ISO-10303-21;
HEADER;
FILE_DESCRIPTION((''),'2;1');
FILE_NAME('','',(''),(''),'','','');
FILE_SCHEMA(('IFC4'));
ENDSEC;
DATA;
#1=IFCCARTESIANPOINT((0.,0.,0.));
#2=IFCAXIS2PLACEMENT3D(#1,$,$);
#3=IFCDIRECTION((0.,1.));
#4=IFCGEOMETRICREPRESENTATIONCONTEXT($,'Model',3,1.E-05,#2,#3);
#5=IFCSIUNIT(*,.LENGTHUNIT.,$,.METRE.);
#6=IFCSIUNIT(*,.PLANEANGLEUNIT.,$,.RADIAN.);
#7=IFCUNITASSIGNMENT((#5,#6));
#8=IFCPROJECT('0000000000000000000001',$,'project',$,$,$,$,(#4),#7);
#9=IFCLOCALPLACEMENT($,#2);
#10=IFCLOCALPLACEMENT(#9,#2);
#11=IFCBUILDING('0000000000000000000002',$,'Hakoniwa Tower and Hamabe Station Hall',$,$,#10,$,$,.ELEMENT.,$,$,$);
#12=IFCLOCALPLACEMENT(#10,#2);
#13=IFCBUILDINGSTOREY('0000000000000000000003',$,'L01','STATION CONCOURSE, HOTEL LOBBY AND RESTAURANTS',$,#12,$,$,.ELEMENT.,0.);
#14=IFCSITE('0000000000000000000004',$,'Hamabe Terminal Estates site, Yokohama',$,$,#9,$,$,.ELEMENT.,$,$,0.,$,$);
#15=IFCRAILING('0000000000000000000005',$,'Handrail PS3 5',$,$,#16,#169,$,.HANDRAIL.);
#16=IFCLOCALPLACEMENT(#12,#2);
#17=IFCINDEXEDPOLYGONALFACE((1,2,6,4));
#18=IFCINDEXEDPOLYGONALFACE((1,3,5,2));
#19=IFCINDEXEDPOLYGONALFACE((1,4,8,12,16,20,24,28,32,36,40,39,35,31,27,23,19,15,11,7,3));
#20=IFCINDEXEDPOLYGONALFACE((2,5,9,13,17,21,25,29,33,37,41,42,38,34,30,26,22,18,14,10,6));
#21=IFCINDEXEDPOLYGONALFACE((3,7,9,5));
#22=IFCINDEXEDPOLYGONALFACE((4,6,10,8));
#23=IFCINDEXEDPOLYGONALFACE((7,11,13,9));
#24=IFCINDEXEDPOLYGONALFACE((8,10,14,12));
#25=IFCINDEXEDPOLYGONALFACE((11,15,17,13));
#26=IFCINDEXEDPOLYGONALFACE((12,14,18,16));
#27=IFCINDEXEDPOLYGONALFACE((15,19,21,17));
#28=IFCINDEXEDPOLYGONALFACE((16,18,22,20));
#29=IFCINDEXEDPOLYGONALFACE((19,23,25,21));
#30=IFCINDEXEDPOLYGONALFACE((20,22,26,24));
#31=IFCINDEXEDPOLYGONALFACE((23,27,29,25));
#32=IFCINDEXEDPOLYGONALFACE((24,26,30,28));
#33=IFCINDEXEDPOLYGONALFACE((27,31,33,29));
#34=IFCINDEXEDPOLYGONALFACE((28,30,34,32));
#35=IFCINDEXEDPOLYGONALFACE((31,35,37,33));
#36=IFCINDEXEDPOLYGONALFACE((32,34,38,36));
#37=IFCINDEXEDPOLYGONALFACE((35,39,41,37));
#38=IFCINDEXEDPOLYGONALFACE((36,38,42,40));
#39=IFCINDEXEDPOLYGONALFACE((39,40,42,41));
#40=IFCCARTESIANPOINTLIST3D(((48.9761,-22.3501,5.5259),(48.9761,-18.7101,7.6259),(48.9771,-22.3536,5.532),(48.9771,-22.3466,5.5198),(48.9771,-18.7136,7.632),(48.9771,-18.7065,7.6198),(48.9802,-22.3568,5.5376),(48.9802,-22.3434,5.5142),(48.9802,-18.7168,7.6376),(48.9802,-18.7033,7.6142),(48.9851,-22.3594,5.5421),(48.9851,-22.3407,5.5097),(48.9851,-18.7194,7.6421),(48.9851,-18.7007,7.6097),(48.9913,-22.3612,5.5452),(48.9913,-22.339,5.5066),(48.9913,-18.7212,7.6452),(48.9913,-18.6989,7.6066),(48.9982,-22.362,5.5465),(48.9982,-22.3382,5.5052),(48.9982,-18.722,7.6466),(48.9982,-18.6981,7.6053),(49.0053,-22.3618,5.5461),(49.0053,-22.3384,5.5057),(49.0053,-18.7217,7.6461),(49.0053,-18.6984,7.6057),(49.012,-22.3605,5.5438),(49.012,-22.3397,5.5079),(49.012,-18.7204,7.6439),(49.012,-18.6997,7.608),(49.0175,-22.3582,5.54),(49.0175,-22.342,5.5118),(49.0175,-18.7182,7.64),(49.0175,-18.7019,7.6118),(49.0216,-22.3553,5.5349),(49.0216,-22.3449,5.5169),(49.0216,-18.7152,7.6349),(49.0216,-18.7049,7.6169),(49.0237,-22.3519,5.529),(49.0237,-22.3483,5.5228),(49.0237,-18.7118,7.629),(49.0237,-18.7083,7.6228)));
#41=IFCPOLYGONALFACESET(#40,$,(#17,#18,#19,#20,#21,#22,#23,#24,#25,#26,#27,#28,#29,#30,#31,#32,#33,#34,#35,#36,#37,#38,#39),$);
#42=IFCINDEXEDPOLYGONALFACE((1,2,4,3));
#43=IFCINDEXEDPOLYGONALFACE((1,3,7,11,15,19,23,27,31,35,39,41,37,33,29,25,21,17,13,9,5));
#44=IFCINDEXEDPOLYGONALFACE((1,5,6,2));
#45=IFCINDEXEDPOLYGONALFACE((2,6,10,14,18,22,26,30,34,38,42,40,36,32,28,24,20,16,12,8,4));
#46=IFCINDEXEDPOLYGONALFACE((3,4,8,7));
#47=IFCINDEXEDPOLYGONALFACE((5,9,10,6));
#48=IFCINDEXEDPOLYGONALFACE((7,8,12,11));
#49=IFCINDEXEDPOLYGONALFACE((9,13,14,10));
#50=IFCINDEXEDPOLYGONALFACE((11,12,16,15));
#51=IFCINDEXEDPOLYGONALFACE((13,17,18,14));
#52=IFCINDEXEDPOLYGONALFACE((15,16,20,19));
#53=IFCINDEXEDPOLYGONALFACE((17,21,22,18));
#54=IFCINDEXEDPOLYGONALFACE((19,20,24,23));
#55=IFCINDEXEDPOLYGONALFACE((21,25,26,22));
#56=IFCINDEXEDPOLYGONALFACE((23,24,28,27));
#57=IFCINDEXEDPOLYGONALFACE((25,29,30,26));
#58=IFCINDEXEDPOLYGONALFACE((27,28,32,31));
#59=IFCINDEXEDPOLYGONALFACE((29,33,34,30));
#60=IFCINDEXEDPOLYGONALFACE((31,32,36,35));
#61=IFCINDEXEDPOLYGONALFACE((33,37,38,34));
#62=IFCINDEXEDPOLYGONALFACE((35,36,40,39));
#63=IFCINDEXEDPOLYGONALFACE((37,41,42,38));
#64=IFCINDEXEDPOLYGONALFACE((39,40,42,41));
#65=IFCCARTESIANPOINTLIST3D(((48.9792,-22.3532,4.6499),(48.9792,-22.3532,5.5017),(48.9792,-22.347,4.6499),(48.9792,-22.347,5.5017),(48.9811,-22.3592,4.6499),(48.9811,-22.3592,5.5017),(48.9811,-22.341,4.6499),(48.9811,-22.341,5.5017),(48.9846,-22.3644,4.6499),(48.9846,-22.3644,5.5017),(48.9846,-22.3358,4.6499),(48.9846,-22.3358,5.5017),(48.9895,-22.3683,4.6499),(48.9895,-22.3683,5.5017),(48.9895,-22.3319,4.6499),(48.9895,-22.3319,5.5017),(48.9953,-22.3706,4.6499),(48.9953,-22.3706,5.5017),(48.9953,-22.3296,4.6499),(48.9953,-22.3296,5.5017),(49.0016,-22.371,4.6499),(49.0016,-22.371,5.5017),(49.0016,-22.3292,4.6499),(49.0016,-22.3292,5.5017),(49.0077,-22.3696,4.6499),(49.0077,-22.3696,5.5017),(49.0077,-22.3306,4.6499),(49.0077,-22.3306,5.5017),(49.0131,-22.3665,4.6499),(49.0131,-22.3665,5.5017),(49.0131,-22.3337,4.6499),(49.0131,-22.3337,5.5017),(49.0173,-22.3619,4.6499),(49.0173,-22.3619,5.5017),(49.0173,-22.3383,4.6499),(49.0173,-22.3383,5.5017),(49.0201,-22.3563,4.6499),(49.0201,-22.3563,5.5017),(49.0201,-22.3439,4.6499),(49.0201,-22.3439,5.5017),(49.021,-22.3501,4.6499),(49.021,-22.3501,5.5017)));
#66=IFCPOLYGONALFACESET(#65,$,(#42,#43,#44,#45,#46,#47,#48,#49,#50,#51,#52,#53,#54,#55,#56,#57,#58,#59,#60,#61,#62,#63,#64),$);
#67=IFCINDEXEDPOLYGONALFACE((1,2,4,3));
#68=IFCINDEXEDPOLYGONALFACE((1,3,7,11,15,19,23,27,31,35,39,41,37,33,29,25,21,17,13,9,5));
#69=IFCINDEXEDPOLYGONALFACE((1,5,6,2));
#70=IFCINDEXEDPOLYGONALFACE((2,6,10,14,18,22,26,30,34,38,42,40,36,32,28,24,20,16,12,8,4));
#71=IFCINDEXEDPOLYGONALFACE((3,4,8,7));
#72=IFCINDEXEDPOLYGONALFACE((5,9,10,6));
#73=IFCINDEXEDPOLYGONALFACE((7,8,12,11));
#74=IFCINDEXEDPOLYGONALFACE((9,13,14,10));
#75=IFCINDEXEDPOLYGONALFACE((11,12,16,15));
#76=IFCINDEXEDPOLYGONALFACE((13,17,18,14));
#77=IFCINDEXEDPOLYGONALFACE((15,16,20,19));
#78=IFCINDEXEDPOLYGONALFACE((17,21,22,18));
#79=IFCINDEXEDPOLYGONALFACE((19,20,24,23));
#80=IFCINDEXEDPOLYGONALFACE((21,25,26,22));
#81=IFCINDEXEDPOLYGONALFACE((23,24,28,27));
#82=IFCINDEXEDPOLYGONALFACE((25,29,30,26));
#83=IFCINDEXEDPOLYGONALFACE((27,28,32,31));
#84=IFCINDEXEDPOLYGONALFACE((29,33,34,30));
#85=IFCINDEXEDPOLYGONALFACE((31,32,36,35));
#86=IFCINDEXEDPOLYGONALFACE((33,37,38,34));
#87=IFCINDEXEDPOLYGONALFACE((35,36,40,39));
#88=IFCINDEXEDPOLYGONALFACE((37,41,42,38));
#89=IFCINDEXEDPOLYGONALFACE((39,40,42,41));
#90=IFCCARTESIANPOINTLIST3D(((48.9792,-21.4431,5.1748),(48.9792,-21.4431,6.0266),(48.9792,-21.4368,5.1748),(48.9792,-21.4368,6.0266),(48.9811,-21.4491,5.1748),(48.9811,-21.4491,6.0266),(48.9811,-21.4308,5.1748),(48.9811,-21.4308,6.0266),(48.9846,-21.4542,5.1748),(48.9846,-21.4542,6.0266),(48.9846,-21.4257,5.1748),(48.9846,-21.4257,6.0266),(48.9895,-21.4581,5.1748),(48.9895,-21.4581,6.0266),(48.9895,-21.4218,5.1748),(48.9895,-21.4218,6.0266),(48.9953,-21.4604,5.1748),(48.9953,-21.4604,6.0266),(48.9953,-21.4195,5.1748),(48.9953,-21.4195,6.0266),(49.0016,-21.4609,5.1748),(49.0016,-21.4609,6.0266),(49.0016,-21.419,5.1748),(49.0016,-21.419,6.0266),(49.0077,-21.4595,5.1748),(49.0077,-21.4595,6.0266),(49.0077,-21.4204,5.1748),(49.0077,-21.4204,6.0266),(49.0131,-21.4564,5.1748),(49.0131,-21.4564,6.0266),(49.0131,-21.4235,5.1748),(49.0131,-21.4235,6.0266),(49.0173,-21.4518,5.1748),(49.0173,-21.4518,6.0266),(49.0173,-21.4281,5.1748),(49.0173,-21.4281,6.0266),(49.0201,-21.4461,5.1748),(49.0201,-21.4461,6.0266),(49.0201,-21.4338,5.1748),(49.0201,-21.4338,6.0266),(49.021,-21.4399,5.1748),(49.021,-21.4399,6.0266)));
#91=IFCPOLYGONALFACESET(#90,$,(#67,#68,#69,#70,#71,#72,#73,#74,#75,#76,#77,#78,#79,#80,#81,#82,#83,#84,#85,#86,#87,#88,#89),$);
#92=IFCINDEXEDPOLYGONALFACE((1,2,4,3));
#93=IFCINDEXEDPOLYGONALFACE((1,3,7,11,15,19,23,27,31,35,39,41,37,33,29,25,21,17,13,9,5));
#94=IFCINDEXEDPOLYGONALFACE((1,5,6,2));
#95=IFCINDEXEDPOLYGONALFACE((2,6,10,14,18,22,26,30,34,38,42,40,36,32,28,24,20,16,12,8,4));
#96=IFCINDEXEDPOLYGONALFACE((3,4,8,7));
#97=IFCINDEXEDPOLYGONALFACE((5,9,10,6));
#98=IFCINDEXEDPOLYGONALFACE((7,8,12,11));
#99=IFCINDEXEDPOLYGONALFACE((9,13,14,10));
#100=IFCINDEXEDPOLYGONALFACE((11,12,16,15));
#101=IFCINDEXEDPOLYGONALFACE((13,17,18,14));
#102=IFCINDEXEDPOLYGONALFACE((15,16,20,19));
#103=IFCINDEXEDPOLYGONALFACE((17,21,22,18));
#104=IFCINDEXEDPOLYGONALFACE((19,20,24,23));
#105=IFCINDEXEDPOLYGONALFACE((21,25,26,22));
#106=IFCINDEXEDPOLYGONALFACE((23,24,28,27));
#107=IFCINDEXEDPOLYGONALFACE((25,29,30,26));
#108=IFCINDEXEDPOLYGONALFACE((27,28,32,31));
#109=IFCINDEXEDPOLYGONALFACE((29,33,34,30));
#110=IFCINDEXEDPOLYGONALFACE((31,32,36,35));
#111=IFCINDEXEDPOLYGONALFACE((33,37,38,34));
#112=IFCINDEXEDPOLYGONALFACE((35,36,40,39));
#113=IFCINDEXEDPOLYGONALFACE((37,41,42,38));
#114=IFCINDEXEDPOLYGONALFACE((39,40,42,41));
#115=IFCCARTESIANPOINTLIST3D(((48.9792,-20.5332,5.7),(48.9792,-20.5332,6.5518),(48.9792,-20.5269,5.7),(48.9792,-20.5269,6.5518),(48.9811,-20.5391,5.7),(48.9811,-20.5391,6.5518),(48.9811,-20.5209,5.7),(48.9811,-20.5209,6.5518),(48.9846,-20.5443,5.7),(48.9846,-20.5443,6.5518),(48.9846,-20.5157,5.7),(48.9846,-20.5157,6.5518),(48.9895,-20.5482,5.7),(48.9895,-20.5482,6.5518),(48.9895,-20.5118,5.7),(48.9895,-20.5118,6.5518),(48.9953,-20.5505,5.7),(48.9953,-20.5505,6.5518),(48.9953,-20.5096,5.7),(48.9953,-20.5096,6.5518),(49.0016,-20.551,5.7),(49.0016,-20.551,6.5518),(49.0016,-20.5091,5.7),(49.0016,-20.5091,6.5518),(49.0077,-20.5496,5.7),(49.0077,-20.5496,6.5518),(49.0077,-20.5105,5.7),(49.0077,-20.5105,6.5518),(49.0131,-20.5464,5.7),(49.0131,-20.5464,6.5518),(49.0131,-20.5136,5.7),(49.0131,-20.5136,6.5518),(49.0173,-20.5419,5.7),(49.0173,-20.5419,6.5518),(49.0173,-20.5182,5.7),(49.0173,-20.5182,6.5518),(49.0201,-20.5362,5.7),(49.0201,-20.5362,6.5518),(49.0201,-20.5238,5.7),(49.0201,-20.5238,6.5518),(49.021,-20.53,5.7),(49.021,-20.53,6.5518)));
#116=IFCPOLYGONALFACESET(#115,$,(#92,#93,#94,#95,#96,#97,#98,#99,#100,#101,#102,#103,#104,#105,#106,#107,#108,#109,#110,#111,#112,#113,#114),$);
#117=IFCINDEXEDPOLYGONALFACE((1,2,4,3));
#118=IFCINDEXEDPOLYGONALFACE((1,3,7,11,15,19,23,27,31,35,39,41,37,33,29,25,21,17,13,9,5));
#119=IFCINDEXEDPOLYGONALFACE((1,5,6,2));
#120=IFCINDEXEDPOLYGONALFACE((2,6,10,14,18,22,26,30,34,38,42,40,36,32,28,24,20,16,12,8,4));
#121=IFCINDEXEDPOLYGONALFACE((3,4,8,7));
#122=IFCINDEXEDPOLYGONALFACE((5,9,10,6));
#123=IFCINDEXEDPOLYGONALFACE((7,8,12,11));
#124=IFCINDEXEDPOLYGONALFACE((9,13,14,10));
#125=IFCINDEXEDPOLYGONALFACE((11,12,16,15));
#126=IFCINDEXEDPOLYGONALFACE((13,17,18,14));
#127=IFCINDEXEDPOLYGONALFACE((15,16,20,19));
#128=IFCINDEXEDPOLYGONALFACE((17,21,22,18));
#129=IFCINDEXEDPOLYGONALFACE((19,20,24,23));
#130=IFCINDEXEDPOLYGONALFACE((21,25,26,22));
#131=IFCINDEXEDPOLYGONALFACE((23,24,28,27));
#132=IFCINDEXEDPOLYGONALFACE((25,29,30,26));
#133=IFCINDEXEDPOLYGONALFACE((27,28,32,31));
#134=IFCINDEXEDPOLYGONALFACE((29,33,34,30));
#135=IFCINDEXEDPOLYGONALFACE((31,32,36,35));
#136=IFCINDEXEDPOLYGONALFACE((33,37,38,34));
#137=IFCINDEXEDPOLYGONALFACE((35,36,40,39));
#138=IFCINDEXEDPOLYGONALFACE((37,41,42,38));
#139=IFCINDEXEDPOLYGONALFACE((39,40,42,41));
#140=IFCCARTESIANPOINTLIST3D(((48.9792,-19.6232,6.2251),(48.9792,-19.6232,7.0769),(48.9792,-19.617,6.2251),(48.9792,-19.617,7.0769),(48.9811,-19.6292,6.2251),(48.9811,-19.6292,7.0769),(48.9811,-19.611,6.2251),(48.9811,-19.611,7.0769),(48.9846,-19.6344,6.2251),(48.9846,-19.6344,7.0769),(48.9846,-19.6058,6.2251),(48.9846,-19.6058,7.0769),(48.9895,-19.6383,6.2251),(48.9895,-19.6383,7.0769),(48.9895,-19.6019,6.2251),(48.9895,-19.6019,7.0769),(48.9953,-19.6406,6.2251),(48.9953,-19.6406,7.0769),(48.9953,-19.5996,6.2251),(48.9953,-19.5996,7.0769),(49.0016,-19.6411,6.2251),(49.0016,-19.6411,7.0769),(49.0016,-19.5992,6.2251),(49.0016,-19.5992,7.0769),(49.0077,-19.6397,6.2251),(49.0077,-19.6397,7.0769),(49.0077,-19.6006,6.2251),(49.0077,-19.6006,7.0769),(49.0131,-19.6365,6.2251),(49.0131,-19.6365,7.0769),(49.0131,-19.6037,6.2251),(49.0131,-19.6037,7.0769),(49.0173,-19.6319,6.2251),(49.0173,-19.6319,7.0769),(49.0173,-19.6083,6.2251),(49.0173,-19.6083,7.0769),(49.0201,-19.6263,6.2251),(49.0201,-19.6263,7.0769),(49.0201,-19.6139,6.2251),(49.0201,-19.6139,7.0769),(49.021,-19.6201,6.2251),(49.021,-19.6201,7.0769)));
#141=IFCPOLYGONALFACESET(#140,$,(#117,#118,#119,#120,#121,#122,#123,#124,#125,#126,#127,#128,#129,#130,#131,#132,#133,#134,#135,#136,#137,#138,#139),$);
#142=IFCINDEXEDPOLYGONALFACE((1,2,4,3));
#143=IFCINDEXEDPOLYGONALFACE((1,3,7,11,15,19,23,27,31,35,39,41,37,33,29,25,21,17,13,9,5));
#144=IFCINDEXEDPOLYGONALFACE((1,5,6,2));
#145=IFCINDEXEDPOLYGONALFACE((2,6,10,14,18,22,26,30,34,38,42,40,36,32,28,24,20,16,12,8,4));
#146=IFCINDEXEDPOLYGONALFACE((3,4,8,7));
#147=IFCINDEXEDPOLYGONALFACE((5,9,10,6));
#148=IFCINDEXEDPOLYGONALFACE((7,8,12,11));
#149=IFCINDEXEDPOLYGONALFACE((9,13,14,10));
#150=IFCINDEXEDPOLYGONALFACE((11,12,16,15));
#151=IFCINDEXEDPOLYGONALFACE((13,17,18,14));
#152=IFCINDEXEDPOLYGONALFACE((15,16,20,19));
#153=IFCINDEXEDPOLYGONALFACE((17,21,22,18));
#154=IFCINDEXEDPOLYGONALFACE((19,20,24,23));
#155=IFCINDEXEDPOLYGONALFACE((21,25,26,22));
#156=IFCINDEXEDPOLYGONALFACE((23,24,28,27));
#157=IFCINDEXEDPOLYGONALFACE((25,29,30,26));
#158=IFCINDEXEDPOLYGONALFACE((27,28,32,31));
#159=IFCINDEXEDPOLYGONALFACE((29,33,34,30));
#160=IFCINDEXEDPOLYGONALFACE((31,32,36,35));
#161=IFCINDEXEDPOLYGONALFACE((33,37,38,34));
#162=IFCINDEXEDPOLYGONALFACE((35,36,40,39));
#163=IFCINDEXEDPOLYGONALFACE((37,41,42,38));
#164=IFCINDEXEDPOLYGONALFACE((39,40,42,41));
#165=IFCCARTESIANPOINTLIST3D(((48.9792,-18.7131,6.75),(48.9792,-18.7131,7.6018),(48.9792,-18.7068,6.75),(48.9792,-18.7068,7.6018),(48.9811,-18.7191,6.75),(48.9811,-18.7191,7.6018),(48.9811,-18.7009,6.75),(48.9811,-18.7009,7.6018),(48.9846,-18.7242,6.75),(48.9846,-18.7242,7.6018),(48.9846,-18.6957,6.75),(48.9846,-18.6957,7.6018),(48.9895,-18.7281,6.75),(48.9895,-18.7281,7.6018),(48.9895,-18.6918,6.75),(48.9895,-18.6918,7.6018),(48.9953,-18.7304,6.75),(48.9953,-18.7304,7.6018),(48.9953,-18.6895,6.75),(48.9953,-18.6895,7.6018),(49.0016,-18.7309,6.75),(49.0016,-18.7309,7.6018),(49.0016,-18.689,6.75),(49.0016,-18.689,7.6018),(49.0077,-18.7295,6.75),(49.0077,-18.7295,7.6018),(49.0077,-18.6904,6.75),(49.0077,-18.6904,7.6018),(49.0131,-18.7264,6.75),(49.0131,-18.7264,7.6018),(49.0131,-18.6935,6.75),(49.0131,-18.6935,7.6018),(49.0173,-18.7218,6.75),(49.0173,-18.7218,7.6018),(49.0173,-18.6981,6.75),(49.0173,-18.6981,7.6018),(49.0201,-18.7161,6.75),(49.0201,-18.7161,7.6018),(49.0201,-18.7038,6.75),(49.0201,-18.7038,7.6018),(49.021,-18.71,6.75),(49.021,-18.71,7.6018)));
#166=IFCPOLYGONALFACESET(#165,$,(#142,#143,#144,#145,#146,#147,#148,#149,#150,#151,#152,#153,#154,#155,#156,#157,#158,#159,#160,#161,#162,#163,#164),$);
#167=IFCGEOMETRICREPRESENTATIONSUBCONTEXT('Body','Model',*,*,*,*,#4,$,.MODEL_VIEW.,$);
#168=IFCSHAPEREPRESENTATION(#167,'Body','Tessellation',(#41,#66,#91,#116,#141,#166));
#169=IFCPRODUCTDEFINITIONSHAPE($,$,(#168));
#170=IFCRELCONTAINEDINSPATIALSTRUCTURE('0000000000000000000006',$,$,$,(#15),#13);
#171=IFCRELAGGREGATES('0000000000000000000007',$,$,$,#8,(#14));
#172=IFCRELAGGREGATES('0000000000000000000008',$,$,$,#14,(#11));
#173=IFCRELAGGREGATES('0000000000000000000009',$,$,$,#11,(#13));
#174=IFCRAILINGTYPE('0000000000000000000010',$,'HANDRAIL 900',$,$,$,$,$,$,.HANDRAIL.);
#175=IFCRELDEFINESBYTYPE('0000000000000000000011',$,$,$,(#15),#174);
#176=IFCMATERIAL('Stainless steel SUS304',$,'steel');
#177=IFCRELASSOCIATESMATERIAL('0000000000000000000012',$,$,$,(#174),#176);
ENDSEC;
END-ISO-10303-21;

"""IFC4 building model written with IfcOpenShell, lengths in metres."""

from ifc_helpers import new_model, si_unit, direction, frame, origin, origin_2d, place, context, subcontext, project, spatial, circle, extrude, material, type_object, element, save


model = new_model("IFC4")

# Units and contexts
model_context = context("Model", 3, precision=1e-05, world=origin(), true_north=direction((0.0, 1.0)))
body_context = subcontext(model_context, "Body", "Model", "MODEL_VIEW")
ifc_project = project(units=[si_unit("LENGTHUNIT", "METRE"), si_unit("PLANEANGLEUNIT", "RADIAN")], contexts=[model_context])

# Site, building, storey
site_placement = place(None, origin())
site = spatial("IfcSite", under=ifc_project, at=site_placement, Name="Hamabe Terminal Estates site, Yokohama", CompositionType="ELEMENT", RefElevation=0.0)
building_placement = place(site_placement, origin())
building = spatial("IfcBuilding", under=site, at=building_placement, Name="Hakoniwa Tower and Hamabe Station Hall", CompositionType="ELEMENT")
storey_placement = place(building_placement, origin())
storey = spatial("IfcBuildingStorey", under=building, at=storey_placement, Name="L01", Description="STATION CONCOURSE, HOTEL LOBBY AND RESTAURANTS", CompositionType="ELEMENT", Elevation=0.0)

# Railing
ifc_material_1 = material(Name="Stainless steel SUS304", Category="steel")
railing_type_1 = type_object("IfcRailingType", Name="HANDRAIL 900", PredefinedType="HANDRAIL", material=ifc_material_1)
railing_1_placement = place(storey_placement, frame((49.0, -22.3501, 4.6499)))
element("IfcRailing", 1, at=railing_1_placement, inside=storey, type_object=railing_type_1, Name="Handrail PS3 5", PredefinedType="HANDRAIL", context=body_context, shape_type="SweptSolid", body=[
    extrude(circle(Radius=0.0239, at=origin_2d()), frame((0.0, 0.0, 0.876), z_axis=(0.0, 0.866184, 0.499726), x_axis=(-1.0, 0.0, 0.0)), (0.0, 0.0, 1.0), 4.2024),
    extrude(circle(Radius=0.021, at=origin_2d()), origin(), (0.0, 0.0, 1.0), 0.8518),
    extrude(circle(Radius=0.021, at=origin_2d()), frame((0.0, 0.9102, 0.5249)), (0.0, 0.0, 1.0), 0.8518),
    extrude(circle(Radius=0.021, at=origin_2d()), frame((0.0, 1.8201, 1.05)), (0.0, 0.0, 1.0), 0.8518),
    extrude(circle(Radius=0.021, at=origin_2d()), frame((0.0, 2.73, 1.5752)), (0.0, 0.0, 1.0), 0.8518),
    extrude(circle(Radius=0.021, at=origin_2d()), frame((0.0, 3.6401, 2.1001)), (0.0, 0.0, 1.0), 0.8518),
])

save(model, "model.ifc")
